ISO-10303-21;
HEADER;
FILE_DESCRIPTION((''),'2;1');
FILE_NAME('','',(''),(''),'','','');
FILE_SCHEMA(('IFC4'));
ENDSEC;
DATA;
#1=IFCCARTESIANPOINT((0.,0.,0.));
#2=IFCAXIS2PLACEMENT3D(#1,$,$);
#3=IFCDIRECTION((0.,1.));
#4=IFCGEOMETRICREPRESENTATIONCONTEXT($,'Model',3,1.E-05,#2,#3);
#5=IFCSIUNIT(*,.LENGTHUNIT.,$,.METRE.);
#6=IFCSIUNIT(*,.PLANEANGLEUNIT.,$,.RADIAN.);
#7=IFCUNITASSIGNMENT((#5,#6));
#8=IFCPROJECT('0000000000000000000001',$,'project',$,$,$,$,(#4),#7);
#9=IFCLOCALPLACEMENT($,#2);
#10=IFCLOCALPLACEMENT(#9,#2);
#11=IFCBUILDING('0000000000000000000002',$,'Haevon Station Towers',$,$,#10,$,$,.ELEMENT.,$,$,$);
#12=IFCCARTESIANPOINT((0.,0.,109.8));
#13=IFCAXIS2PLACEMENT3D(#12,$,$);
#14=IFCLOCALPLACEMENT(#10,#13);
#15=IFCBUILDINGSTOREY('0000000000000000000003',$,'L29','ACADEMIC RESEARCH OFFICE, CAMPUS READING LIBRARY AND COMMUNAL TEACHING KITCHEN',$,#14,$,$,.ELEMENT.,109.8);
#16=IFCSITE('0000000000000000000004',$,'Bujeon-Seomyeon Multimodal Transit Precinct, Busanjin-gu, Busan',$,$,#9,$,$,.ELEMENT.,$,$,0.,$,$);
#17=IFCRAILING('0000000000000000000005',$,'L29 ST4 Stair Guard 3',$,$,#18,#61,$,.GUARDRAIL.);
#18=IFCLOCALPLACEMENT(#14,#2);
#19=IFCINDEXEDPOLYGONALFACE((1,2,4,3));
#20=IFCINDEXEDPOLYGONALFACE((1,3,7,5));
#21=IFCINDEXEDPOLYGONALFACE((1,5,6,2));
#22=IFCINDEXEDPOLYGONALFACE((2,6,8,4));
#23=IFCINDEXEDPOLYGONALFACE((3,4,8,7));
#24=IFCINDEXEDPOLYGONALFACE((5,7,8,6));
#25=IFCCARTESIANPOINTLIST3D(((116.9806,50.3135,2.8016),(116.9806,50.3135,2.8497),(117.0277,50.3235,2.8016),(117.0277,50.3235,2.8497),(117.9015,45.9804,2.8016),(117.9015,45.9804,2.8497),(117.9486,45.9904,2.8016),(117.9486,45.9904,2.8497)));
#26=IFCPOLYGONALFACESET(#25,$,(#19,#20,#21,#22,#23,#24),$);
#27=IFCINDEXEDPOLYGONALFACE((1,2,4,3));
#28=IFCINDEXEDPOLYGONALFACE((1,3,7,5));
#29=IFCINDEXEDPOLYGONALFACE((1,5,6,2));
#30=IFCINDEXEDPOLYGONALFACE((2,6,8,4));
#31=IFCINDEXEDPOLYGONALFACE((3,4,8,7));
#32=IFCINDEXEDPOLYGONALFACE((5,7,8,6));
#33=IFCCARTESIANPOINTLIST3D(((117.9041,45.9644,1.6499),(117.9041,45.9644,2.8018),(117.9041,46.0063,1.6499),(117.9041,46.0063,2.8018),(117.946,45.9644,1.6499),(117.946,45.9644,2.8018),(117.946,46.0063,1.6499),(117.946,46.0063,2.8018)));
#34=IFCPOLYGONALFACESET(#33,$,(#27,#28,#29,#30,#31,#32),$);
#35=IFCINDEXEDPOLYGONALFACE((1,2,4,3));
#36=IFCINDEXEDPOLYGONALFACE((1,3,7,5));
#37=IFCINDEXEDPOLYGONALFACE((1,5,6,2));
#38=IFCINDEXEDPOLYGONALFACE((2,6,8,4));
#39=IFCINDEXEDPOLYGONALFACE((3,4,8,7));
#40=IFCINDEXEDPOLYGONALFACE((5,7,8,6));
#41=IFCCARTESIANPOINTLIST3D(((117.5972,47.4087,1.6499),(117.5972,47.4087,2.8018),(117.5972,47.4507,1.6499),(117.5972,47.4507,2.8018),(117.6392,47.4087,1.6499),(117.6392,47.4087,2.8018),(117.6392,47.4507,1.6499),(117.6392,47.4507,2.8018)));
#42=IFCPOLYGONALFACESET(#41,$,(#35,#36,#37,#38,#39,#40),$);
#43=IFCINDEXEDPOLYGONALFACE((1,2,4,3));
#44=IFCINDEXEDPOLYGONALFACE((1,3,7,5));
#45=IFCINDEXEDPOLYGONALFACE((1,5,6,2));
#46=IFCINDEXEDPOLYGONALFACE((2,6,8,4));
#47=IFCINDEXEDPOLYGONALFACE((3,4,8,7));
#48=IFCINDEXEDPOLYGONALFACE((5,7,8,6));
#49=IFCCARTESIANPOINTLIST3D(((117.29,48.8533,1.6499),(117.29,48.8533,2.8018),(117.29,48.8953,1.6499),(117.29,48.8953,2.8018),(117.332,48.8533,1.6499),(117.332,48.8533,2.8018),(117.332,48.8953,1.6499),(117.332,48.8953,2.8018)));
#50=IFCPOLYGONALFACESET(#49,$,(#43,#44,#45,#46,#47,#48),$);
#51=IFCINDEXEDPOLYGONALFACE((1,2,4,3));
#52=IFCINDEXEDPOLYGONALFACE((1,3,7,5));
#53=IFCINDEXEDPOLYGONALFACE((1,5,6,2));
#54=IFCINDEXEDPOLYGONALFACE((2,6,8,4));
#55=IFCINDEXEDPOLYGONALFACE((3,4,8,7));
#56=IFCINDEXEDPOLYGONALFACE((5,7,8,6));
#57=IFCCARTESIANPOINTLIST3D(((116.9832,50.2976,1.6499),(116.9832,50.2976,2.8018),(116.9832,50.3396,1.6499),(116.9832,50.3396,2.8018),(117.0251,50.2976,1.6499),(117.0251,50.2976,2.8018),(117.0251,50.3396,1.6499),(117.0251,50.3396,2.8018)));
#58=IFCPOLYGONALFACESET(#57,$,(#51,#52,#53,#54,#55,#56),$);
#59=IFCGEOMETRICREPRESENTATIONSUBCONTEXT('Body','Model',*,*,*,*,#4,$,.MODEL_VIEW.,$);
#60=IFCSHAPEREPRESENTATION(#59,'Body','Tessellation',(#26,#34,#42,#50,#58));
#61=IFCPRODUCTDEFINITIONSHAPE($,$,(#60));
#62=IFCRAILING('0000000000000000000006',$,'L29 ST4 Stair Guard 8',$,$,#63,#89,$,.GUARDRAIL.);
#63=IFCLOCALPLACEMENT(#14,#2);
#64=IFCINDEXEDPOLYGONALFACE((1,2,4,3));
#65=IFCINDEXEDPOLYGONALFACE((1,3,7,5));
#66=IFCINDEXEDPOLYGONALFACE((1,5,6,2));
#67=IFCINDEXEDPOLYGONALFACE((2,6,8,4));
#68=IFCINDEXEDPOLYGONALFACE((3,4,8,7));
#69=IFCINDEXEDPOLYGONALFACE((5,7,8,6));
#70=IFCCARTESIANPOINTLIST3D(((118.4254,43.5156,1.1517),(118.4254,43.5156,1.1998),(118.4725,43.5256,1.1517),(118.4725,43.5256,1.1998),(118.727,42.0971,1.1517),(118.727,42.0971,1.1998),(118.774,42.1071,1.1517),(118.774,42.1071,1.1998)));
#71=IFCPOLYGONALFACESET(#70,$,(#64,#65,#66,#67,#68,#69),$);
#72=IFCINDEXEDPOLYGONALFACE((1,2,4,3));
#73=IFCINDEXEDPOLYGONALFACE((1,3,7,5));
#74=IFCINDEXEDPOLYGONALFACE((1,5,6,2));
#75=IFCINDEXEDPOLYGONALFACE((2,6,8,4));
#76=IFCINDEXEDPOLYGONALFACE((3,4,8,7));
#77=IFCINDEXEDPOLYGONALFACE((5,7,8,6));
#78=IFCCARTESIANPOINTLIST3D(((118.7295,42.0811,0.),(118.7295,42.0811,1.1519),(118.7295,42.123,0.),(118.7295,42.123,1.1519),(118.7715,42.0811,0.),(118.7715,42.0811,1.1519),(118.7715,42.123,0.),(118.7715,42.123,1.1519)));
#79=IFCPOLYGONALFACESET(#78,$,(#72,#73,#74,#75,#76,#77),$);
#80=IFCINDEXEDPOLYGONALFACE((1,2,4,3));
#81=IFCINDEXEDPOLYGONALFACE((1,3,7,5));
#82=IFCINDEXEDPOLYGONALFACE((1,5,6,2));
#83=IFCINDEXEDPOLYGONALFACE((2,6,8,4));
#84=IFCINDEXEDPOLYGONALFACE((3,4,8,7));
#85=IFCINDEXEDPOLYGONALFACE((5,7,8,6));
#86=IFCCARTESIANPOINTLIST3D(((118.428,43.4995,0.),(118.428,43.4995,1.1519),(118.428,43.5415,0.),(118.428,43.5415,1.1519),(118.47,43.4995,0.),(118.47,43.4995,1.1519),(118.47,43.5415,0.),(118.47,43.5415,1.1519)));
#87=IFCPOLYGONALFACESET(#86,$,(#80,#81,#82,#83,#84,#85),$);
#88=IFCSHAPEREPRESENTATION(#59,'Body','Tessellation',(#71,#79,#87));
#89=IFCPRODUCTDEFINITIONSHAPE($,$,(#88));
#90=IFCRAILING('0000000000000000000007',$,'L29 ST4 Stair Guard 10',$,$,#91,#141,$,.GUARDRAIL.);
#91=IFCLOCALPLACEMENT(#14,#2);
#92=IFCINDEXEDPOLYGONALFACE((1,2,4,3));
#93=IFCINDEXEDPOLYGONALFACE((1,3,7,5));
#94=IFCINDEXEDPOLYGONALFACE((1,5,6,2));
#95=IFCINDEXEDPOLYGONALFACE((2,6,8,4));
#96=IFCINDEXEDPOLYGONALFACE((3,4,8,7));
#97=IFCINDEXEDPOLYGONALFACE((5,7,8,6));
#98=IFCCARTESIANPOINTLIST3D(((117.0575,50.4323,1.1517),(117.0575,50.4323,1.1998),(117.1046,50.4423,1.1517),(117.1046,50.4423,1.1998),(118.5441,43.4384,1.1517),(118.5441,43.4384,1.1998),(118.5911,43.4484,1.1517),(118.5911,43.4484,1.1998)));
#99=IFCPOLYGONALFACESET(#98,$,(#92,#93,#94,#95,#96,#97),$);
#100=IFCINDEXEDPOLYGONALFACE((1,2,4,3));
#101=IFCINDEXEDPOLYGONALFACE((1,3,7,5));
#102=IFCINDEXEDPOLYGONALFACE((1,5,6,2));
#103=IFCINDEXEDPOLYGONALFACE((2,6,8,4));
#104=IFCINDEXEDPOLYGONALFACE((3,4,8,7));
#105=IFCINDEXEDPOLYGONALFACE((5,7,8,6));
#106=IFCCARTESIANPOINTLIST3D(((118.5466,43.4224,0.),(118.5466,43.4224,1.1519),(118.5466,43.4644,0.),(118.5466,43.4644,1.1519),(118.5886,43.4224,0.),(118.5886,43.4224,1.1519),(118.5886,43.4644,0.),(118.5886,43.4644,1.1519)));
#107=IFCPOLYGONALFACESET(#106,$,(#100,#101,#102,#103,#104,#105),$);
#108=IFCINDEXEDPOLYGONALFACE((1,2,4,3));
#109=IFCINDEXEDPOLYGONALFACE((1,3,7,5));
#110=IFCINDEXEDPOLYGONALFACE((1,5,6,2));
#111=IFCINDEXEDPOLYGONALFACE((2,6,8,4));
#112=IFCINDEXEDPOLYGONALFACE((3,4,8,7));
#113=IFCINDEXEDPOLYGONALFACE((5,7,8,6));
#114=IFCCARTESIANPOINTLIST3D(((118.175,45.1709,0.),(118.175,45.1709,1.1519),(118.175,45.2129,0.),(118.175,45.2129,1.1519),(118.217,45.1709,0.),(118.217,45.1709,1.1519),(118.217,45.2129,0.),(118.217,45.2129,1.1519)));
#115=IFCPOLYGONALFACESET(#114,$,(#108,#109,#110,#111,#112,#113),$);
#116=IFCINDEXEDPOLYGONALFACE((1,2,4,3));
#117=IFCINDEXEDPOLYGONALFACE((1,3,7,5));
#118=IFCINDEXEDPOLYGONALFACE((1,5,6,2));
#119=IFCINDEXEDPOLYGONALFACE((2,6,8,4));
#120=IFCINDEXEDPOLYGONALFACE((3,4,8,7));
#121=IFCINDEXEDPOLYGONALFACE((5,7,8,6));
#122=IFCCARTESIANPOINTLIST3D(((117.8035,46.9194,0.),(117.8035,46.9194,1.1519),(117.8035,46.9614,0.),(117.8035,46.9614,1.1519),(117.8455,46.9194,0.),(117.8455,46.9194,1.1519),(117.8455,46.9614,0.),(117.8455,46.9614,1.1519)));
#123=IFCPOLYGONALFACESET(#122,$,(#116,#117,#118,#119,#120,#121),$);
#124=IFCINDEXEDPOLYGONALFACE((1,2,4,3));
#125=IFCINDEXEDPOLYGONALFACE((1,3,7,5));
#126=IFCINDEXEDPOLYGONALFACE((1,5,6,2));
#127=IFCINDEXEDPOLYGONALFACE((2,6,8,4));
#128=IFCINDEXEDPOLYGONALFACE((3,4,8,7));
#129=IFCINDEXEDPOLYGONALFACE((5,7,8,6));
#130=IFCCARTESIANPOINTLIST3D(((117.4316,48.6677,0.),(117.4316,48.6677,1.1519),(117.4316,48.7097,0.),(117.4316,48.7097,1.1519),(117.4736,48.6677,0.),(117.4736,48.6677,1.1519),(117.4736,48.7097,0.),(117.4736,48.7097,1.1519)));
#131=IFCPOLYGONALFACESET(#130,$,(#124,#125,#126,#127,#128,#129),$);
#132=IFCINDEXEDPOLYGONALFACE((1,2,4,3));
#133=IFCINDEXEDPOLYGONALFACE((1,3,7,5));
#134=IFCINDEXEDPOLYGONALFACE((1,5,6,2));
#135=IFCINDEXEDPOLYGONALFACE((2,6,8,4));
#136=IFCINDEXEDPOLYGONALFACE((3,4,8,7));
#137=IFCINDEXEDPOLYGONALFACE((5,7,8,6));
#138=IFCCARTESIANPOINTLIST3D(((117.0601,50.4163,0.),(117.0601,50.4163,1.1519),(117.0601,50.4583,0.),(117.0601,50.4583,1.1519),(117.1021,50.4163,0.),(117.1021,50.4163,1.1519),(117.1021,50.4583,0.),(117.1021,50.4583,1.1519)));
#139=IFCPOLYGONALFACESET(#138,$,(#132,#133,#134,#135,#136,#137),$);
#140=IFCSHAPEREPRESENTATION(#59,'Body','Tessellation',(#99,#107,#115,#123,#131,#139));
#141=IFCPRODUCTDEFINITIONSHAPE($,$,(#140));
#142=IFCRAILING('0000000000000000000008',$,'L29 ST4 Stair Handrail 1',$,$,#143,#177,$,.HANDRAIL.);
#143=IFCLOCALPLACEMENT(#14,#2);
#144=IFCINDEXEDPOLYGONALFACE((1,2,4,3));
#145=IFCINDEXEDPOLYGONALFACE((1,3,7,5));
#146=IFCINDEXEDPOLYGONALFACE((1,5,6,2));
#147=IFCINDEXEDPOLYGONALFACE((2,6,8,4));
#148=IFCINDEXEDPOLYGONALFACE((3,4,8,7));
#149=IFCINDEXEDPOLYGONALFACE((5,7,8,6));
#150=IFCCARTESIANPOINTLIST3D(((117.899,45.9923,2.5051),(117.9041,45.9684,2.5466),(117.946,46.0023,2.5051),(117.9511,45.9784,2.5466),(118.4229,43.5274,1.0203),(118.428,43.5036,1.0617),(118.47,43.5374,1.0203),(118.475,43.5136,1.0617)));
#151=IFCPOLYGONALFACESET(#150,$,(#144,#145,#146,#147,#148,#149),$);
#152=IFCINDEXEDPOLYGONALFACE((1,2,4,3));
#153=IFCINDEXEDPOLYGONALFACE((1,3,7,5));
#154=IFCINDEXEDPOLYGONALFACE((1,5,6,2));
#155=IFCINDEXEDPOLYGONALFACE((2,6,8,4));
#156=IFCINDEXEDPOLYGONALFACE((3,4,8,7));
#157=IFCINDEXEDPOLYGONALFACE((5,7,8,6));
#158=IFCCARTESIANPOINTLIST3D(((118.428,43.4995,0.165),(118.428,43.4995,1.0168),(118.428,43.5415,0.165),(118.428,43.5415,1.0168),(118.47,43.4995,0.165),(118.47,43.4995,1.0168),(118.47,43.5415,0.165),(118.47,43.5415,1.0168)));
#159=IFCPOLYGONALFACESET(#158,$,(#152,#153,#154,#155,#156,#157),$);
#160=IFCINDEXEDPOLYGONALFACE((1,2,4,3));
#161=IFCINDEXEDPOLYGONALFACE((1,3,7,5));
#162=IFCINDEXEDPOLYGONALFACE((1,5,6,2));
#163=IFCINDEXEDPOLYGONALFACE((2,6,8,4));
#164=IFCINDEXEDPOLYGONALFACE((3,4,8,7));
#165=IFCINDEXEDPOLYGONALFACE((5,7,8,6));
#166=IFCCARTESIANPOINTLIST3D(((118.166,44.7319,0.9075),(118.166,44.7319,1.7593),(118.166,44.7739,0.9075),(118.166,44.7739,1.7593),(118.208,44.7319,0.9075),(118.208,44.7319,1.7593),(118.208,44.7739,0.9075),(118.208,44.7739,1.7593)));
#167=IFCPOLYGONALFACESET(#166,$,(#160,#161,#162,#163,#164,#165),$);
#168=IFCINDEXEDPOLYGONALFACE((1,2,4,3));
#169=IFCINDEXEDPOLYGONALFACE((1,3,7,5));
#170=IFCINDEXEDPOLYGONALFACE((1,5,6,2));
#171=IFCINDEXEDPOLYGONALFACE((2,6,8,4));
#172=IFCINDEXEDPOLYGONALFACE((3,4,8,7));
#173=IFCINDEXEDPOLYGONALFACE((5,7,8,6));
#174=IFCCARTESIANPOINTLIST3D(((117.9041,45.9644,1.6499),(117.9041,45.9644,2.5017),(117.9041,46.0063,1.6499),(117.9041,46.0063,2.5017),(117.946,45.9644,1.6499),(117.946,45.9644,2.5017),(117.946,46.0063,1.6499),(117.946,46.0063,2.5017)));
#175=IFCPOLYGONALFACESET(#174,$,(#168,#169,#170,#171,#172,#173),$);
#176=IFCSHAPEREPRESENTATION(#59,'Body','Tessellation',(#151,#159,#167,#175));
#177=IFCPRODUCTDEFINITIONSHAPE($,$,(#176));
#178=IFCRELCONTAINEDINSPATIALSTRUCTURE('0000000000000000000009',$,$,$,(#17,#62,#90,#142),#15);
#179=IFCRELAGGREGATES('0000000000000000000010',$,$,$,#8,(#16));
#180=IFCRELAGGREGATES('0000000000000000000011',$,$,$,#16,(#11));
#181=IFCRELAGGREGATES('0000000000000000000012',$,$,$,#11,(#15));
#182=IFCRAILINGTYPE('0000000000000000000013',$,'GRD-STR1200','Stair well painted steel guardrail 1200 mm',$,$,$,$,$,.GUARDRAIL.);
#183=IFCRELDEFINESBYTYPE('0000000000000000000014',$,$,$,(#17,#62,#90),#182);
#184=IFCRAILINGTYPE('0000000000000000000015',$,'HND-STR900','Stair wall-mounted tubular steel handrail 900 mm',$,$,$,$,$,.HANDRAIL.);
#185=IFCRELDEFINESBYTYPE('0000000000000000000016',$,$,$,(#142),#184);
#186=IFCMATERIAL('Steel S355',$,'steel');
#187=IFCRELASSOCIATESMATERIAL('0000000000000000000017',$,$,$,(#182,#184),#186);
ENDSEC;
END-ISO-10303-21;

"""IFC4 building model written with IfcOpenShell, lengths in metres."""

from ifc_helpers import new_model, si_unit, direction, frame, origin, origin_2d, place, context, subcontext, project, spatial, rectangle, extrude, material, type_object, element, save


model = new_model("IFC4")

# Units and contexts
model_context = context("Model", 3, precision=1e-05, world=origin(), true_north=direction((0.0, 1.0)))
body_context = subcontext(model_context, "Body", "Model", "MODEL_VIEW")
ifc_project = project(units=[si_unit("LENGTHUNIT", "METRE"), si_unit("PLANEANGLEUNIT", "RADIAN")], contexts=[model_context])

# Site, building, storey
site_placement = place(None, origin())
site = spatial("IfcSite", under=ifc_project, at=site_placement, Name="Bujeon-Seomyeon Multimodal Transit Precinct, Busanjin-gu, Busan", CompositionType="ELEMENT", RefElevation=0.0)
building_placement = place(site_placement, origin())
building = spatial("IfcBuilding", under=site, at=building_placement, Name="Haevon Station Towers", CompositionType="ELEMENT")
storey_placement = place(building_placement, frame((0.0, 0.0, 109.8)))
storey = spatial("IfcBuildingStorey", under=building, at=storey_placement, Name="L29", Description="ACADEMIC RESEARCH OFFICE, CAMPUS READING LIBRARY AND COMMUNAL TEACHING KITCHEN", CompositionType="ELEMENT", Elevation=109.8)

# Shared definitions
ifc_material_1 = material(Name="Steel S355", Category="steel")

# Railings
railing_type_1 = type_object("IfcRailingType", Name="GRD-STR1200", Description="Stair well painted steel guardrail 1200 mm", PredefinedType="GUARDRAIL", material=ifc_material_1)
railing_1_placement = place(storey_placement, frame((117.925, 45.9854, 1.6499)))
element("IfcRailing", 1, at=railing_1_placement, inside=storey, type_object=railing_type_1, Name="L29 ST4 Stair Guard 3", PredefinedType="GUARDRAIL", context=body_context, shape_type="SweptSolid", body=[
    extrude(rectangle(XDim=0.0481, YDim=0.0481, at=origin_2d()), frame((0.0, 0.0, 1.1758), z_axis=(-0.207877, 0.978155, 0.0), x_axis=(-0.978155, -0.207877, 0.0)), (0.0, 0.0, 1.0), 4.4299),
    extrude(rectangle(XDim=0.042, YDim=0.042, at=origin_2d()), origin(), (0.0, 0.0, 1.0), 1.1519),
    extrude(rectangle(XDim=0.042, YDim=0.042, at=origin_2d()), frame((-0.3069, 1.4443, 0.0)), (0.0, 0.0, 1.0), 1.1519),
    extrude(rectangle(XDim=0.042, YDim=0.042, at=origin_2d()), frame((-0.614, 2.8889, 0.0)), (0.0, 0.0, 1.0), 1.1519),
    extrude(rectangle(XDim=0.042, YDim=0.042, at=origin_2d()), frame((-0.9209, 4.3333, 0.0)), (0.0, 0.0, 1.0), 1.1519),
])
railing_2_placement = place(storey_placement, frame((118.7505, 42.1021, 0.0)))
element("IfcRailing", 2, at=railing_2_placement, inside=storey, type_object=railing_type_1, Name="L29 ST4 Stair Guard 8", PredefinedType="GUARDRAIL", context=body_context, shape_type="SweptSolid", body=[
    extrude(rectangle(XDim=0.0481, YDim=0.0481, at=origin_2d()), frame((0.0, 0.0, 1.1758), z_axis=(-0.207919, 0.978146, 0.0), x_axis=(-0.978146, -0.207919, 0.0)), (0.0, 0.0, 1.0), 1.4502),
    extrude(rectangle(XDim=0.042, YDim=0.042, at=origin_2d()), origin(), (0.0, 0.0, 1.0), 1.1519),
    extrude(rectangle(XDim=0.042, YDim=0.042, at=origin_2d()), frame((-0.3015, 1.4185, 0.0)), (0.0, 0.0, 1.0), 1.1519),
])
railing_3_placement = place(storey_placement, frame((118.5676, 43.4434, 0.0)))
element("IfcRailing", 3, at=railing_3_placement, inside=storey, type_object=railing_type_1, Name="L29 ST4 Stair Guard 10", PredefinedType="GUARDRAIL", context=body_context, shape_type="SweptSolid", body=[
    extrude(rectangle(XDim=0.0481, YDim=0.0481, at=origin_2d()), frame((0.0, 0.0, 1.1758), z_axis=(-0.207908, 0.978148, 0.0), x_axis=(-0.978148, -0.207908, 0.0)), (0.0, 0.0, 1.0), 7.1501),
    extrude(rectangle(XDim=0.042, YDim=0.042, at=origin_2d()), origin(), (0.0, 0.0, 1.0), 1.1519),
    extrude(rectangle(XDim=0.042, YDim=0.042, at=origin_2d()), frame((-0.3716, 1.7485, 0.0)), (0.0, 0.0, 1.0), 1.1519),
    extrude(rectangle(XDim=0.042, YDim=0.042, at=origin_2d()), frame((-0.7432, 3.4971, 0.0)), (0.0, 0.0, 1.0), 1.1519),
    extrude(rectangle(XDim=0.042, YDim=0.042, at=origin_2d()), frame((-1.115, 5.2454, 0.0)), (0.0, 0.0, 1.0), 1.1519),
    extrude(rectangle(XDim=0.042, YDim=0.042, at=origin_2d()), frame((-1.4866, 6.9939, 0.0)), (0.0, 0.0, 1.0), 1.1519),
])
railing_type_2 = type_object("IfcRailingType", Name="HND-STR900", Description="Stair wall-mounted tubular steel handrail 900 mm", PredefinedType="HANDRAIL", material=ifc_material_1)
railing_4_placement = place(storey_placement, frame((118.449, 43.5205, 0.165)))
element("IfcRailing", 4, at=railing_4_placement, inside=storey, type_object=railing_type_2, Name="L29 ST4 Stair Handrail 1", PredefinedType="HANDRAIL", context=body_context, shape_type="SweptSolid", body=[
    extrude(rectangle(XDim=0.0481, YDim=0.0481, at=origin_2d()), frame((0.0, 0.0, 0.876), z_axis=(-0.179129, 0.842724, 0.507671), x_axis=(-0.978147, -0.207914, 0.0)), (0.0, 0.0, 1.0), 2.9248),
    extrude(rectangle(XDim=0.042, YDim=0.042, at=origin_2d()), origin(), (0.0, 0.0, 1.0), 0.8518),
    extrude(rectangle(XDim=0.042, YDim=0.042, at=origin_2d()), frame((-0.262, 1.2324, 0.7424)), (0.0, 0.0, 1.0), 0.8518),
    extrude(rectangle(XDim=0.042, YDim=0.042, at=origin_2d()), frame((-0.5239, 2.4648, 1.4849)), (0.0, 0.0, 1.0), 0.8518),
])

save(model, "model.ifc")
